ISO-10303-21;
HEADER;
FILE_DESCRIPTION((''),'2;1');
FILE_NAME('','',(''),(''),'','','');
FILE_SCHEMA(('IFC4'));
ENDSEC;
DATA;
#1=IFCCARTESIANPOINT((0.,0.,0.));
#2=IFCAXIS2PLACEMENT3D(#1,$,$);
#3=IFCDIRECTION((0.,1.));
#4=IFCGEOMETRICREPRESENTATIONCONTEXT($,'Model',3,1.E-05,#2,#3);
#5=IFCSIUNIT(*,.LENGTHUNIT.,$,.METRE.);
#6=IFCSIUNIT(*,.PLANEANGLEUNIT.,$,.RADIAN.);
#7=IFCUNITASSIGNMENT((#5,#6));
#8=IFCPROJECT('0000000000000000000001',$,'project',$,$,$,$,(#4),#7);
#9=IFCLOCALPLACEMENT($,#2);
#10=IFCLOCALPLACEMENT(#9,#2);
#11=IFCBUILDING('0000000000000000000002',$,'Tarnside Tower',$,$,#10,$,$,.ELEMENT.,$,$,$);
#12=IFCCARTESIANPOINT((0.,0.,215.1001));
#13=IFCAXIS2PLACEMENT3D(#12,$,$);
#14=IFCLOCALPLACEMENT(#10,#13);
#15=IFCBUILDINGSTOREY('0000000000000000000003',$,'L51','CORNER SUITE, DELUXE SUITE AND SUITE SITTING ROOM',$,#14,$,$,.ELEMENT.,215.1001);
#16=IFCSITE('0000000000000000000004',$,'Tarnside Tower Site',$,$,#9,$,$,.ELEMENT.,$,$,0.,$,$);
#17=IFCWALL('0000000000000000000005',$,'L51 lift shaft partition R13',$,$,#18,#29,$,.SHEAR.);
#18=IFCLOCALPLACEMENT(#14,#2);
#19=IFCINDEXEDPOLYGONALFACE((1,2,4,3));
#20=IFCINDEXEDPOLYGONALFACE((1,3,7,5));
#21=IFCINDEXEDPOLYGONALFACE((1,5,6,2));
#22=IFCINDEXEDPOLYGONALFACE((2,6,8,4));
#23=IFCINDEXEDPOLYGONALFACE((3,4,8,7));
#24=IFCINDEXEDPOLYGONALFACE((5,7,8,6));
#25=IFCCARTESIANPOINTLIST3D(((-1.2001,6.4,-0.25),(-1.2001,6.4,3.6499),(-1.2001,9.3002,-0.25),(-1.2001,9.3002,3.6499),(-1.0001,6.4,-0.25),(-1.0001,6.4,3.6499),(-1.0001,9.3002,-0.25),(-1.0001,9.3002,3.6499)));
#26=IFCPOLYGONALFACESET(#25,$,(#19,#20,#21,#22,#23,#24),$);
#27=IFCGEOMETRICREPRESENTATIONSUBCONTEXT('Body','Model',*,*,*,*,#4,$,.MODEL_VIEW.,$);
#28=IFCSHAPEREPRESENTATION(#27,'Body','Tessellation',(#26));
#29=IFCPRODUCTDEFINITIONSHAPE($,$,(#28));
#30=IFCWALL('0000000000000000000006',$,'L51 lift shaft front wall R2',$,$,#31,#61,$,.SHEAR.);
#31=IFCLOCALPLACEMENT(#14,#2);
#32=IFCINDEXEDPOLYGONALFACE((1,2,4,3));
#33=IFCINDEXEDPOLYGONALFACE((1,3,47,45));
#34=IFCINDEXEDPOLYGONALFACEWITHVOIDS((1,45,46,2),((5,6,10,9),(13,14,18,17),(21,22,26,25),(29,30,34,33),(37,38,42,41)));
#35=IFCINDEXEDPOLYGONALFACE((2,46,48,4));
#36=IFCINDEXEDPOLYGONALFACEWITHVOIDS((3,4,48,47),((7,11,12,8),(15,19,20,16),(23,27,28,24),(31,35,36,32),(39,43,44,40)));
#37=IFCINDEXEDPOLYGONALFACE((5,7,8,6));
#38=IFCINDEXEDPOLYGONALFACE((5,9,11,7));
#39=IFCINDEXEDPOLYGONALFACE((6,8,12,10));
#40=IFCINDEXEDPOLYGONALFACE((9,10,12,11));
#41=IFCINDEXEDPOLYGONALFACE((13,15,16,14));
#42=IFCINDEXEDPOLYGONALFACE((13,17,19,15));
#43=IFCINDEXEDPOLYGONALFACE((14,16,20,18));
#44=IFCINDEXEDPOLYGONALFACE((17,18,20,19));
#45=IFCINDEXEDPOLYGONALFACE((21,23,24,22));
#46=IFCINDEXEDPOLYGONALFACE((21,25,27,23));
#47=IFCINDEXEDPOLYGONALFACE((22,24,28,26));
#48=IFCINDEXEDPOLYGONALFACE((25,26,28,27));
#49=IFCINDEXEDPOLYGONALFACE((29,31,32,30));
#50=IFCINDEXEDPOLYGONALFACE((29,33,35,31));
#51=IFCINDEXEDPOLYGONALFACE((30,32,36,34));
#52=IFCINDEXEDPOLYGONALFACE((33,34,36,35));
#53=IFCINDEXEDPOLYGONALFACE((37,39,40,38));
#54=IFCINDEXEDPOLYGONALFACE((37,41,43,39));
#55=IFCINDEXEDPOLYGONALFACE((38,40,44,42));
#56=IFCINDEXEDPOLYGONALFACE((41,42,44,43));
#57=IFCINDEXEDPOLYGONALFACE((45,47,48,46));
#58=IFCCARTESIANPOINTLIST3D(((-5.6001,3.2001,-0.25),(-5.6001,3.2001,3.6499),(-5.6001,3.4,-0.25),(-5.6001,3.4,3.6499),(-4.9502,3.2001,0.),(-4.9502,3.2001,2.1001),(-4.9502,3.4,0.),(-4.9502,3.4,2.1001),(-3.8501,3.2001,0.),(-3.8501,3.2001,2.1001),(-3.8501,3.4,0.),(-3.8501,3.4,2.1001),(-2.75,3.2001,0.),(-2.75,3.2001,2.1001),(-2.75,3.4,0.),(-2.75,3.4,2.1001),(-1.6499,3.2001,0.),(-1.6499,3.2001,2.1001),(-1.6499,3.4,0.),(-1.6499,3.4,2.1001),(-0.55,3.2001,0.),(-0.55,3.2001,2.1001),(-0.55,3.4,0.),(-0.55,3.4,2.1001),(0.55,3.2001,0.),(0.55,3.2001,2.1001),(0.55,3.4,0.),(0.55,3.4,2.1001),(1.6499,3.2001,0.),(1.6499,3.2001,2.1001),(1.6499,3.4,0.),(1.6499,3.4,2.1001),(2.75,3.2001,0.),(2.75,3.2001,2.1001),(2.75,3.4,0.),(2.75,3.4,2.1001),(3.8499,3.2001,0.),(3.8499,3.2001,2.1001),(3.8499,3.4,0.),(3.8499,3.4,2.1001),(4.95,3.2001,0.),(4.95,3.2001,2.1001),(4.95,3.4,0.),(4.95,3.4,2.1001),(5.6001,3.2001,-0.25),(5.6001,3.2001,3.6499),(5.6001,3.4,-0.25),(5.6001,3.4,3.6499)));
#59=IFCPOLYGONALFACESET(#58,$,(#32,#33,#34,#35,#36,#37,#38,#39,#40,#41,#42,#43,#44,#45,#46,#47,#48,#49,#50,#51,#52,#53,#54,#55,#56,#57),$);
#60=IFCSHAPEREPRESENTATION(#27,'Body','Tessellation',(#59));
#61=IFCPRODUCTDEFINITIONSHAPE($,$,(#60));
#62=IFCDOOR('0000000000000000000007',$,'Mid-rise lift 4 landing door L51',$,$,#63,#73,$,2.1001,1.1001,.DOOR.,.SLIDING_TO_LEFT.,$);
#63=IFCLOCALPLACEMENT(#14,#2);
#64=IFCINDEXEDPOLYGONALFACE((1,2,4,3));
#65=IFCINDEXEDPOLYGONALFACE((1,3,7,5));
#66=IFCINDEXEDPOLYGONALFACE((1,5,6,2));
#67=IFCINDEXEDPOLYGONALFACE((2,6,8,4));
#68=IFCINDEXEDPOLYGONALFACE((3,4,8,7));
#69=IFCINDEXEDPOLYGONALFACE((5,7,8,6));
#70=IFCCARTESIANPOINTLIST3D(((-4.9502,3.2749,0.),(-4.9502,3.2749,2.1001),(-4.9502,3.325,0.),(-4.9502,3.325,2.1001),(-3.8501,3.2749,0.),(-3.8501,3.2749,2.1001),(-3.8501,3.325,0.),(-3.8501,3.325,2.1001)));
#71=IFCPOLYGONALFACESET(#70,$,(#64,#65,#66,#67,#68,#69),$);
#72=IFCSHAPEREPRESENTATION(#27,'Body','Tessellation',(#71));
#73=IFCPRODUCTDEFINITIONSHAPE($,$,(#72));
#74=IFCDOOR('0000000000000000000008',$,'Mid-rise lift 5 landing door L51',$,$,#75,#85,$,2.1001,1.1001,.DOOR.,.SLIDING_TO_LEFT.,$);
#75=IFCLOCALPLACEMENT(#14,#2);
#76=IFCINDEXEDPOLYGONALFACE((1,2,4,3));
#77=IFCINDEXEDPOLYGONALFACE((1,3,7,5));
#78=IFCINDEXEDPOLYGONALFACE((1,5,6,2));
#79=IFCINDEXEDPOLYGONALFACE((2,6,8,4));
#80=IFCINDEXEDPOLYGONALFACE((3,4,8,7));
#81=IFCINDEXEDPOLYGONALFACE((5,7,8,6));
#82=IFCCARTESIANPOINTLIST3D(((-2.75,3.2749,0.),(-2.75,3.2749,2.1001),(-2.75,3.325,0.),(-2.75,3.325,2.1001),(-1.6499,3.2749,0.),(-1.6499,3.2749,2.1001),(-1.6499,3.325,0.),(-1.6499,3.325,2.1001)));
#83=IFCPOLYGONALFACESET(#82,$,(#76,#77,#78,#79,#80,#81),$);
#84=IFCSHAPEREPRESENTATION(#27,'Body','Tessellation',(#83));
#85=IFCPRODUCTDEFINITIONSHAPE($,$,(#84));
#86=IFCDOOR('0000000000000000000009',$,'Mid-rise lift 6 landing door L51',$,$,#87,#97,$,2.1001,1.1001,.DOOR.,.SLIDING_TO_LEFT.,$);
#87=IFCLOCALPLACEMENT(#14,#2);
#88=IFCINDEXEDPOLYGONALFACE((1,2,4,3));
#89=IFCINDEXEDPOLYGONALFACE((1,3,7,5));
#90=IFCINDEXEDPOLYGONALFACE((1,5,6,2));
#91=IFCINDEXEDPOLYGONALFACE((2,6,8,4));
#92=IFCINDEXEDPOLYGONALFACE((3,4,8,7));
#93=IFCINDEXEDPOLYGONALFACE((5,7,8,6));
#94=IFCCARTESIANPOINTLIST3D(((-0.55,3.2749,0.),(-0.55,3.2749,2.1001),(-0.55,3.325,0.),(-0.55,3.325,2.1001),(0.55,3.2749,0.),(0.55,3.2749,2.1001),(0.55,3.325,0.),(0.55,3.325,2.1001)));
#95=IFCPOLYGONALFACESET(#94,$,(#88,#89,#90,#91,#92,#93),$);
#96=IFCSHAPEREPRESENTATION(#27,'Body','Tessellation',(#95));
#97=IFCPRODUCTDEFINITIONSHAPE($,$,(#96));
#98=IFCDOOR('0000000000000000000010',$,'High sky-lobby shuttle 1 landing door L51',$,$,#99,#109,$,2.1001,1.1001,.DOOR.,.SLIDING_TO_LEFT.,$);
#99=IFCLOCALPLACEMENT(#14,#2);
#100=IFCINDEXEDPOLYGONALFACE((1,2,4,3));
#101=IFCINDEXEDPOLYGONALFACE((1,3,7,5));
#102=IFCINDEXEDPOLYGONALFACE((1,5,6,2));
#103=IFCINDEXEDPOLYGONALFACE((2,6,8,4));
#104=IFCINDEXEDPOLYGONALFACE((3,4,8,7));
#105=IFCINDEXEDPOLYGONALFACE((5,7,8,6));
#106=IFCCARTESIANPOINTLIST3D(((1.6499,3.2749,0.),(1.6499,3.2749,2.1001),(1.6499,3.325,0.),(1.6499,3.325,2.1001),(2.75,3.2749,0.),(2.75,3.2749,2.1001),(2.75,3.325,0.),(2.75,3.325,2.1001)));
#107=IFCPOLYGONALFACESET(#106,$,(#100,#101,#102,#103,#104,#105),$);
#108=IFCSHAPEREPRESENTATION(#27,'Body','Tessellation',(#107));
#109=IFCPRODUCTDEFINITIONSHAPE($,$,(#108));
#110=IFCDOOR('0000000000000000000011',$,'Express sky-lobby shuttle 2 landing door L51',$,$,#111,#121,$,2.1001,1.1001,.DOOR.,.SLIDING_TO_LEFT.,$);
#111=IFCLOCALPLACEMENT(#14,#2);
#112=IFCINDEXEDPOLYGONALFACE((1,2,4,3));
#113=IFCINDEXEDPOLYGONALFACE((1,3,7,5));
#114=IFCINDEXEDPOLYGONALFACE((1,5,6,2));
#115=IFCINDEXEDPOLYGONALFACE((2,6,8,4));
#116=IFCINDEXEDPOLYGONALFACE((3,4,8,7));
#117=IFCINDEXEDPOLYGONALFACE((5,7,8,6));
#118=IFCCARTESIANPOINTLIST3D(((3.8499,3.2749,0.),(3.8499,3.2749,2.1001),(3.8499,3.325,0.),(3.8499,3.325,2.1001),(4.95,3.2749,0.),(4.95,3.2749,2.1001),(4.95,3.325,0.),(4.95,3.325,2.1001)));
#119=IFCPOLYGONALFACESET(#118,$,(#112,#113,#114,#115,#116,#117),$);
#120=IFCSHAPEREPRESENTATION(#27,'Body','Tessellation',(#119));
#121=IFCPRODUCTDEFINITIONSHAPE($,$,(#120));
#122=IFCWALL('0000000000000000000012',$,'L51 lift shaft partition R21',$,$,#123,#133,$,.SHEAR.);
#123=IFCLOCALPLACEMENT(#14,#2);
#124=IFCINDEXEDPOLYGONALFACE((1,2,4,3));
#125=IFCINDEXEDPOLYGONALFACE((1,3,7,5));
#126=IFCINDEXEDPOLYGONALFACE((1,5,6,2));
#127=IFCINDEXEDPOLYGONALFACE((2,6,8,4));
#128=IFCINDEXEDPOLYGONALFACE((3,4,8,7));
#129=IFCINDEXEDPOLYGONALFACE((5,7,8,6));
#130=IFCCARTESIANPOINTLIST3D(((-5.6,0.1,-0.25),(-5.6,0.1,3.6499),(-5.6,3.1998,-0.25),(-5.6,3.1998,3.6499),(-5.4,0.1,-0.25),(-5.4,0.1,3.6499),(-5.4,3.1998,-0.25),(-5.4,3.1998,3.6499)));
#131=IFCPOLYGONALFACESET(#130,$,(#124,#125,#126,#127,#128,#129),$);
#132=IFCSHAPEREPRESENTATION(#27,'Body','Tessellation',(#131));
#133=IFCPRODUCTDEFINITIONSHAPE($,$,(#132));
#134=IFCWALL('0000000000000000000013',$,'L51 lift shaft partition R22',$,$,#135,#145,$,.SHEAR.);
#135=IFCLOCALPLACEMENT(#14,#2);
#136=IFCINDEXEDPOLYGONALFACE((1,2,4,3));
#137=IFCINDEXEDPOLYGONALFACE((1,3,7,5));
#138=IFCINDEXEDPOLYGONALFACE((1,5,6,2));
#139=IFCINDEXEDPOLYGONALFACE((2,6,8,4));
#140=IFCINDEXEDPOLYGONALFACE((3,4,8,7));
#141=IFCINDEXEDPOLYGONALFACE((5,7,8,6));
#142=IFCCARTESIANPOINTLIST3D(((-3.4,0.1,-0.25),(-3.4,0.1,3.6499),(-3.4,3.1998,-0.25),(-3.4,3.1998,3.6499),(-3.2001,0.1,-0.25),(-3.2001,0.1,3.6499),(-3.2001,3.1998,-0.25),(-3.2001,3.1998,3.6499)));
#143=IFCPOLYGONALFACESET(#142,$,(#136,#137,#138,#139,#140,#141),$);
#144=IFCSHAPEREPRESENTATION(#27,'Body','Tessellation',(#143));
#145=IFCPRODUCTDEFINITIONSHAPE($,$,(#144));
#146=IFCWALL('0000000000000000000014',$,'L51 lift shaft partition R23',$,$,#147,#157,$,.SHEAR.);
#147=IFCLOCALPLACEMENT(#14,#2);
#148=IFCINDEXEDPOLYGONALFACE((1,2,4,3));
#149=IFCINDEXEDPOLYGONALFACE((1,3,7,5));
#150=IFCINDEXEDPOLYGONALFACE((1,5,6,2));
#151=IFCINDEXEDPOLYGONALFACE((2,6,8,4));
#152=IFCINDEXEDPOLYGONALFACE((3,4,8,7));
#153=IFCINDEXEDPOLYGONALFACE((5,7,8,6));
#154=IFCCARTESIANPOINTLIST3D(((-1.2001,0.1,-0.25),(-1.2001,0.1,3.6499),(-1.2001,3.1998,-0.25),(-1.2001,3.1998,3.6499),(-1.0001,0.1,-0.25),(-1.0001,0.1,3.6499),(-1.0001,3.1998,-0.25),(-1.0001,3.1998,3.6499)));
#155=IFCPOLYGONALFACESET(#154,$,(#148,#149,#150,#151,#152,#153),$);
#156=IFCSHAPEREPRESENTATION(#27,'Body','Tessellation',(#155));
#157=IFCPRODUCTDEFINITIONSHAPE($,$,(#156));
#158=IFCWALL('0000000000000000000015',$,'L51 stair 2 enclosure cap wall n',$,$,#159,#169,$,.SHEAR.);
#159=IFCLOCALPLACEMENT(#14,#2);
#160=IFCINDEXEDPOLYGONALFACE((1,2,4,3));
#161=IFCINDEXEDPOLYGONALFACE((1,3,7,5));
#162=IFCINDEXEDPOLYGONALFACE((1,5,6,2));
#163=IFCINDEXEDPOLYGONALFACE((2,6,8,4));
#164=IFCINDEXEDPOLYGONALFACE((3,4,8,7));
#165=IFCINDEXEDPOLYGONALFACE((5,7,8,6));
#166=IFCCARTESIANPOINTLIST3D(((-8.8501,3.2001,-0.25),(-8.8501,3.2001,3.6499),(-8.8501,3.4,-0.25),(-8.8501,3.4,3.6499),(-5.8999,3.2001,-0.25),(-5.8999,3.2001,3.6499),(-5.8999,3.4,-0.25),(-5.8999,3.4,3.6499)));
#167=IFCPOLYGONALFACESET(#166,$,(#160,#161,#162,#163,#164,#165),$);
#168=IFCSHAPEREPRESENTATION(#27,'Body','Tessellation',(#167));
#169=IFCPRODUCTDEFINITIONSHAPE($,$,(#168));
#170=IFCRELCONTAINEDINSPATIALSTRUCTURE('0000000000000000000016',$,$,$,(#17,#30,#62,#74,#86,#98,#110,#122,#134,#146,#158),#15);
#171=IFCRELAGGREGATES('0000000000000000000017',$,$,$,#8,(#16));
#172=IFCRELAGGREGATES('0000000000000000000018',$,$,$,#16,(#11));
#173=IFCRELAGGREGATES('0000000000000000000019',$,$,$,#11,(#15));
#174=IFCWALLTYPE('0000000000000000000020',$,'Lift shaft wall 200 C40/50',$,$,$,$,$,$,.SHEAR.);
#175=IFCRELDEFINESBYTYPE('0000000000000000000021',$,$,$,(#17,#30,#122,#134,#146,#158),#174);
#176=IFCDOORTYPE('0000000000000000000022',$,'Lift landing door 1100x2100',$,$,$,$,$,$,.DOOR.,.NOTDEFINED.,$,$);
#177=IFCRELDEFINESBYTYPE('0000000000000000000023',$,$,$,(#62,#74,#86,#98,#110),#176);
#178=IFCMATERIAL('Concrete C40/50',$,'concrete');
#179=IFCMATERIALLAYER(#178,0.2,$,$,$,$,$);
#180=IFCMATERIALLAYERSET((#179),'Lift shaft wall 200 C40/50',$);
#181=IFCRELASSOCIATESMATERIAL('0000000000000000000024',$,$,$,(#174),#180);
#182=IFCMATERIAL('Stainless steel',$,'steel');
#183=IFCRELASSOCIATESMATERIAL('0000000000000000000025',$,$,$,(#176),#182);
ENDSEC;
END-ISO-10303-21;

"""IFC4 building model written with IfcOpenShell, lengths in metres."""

from ifc_helpers import new_model, si_unit, direction, frame, frame_2d, origin, place, context, subcontext, project, spatial, rectangle, extrude, material, layer, layer_set, type_object, element, fill, save


model = new_model("IFC4")

# Units and contexts
model_context = context("Model", 3, precision=1e-05, world=origin(), true_north=direction((0.0, 1.0)))
body_context = subcontext(model_context, "Body", "Model", "MODEL_VIEW")
ifc_project = project(units=[si_unit("LENGTHUNIT", "METRE"), si_unit("PLANEANGLEUNIT", "RADIAN")], contexts=[model_context])

# Site, building, storey
site_placement = place(None, origin())
site = spatial("IfcSite", under=ifc_project, at=site_placement, Name="Tarnside Tower Site", CompositionType="ELEMENT", RefElevation=0.0)
building_placement = place(site_placement, origin())
building = spatial("IfcBuilding", under=site, at=building_placement, Name="Tarnside Tower", CompositionType="ELEMENT")
storey_placement = place(building_placement, frame((0.0, 0.0, 215.1001)))
storey = spatial("IfcBuildingStorey", under=building, at=storey_placement, Name="L51", Description="CORNER SUITE, DELUXE SUITE AND SUITE SITTING ROOM", CompositionType="ELEMENT", Elevation=215.1001)

# Shared definitions
ifc_material_1 = material(Name="Concrete C40/50", Category="concrete")

# Shared definitions
ifc_layer_1 = layer(ifc_material_1, 0.2)
ifc_layer_set_1 = layer_set([ifc_layer_1], Name="Lift shaft wall 200 C40/50")
wall_type_1 = type_object("IfcWallType", Name="Lift shaft wall 200 C40/50", PredefinedType="SHEAR", material=ifc_layer_set_1)
ifc_material_2 = material(Name="Stainless steel", Category="steel")
door_type_1 = type_object("IfcDoorType", Name="Lift landing door 1100x2100", OperationType="NOTDEFINED", PredefinedType="DOOR", material=ifc_material_2)

# Wall
for number, where, z_axis, x_axis, name in (
    (1, (-1.1001, 6.3999, -0.25), (0.0, 0.0, 1.0), (0.0, 1.0, 0.0), "L51 lift shaft partition R13"),
):
    element("IfcWall", number, at=place(storey_placement, frame(where, z_axis=z_axis, x_axis=x_axis)), inside=storey, type_object=wall_type_1, Name=name, PredefinedType="SHEAR", context=body_context, shape_type="SweptSolid", body=[
        extrude(rectangle(XDim=2.9001, YDim=0.2, at=frame_2d((1.4502, 0.0))), origin(), (0.0, 0.0, 1.0), 3.8999),
    ])

# Wall, openings, doors
wall_1_placement = place(storey_placement, frame((-5.6001, 3.3, -0.25), z_axis=(0.0, 0.0, 1.0), x_axis=(1.0, 0.0, 0.0)))
wall_1 = element("IfcWall", 2, at=wall_1_placement, inside=storey, type_object=wall_type_1, Name="L51 lift shaft front wall R2", PredefinedType="SHEAR", context=body_context, shape_type="SweptSolid", body=[
    extrude(rectangle(XDim=11.2002, YDim=0.2, at=frame_2d((5.6001, 0.0))), origin(), (0.0, 0.0, 1.0), 3.8999),
])
opening_1_placement = place(wall_1_placement, frame((0.6499, 0.0, 0.25)))
opening_1 = element("IfcOpeningElement", 3, at=opening_1_placement, cuts=wall_1, PredefinedType="OPENING", context=body_context, shape_type="SweptSolid", body=[
    extrude(rectangle(XDim=1.1001, YDim=2.1001, at=frame_2d((0.55, 1.05))), frame((0.0, 0.1099, 0.0), z_axis=(0.0, -1.0, 0.0), x_axis=(1.0, 0.0, 0.0)), (0.0, 0.0, 1.0), 0.22),
])
opening_2_placement = place(wall_1_placement, frame((2.8501, 0.0, 0.25)))
opening_2 = element("IfcOpeningElement", 4, at=opening_2_placement, cuts=wall_1, PredefinedType="OPENING", context=body_context, shape_type="SweptSolid", body=[
    extrude(rectangle(XDim=1.1001, YDim=2.1001, at=frame_2d((0.55, 1.05))), frame((0.0, 0.1099, 0.0), z_axis=(0.0, -1.0, 0.0), x_axis=(1.0, 0.0, 0.0)), (0.0, 0.0, 1.0), 0.22),
])
opening_3_placement = place(wall_1_placement, frame((5.05, 0.0, 0.25)))
opening_3 = element("IfcOpeningElement", 5, at=opening_3_placement, cuts=wall_1, PredefinedType="OPENING", context=body_context, shape_type="SweptSolid", body=[
    extrude(rectangle(XDim=1.1001, YDim=2.1001, at=frame_2d((0.55, 1.05))), frame((0.0, 0.1099, 0.0), z_axis=(0.0, -1.0, 0.0), x_axis=(1.0, 0.0, 0.0)), (0.0, 0.0, 1.0), 0.22),
])
opening_4_placement = place(wall_1_placement, frame((7.25, 0.0, 0.25)))
opening_4 = element("IfcOpeningElement", 6, at=opening_4_placement, cuts=wall_1, PredefinedType="OPENING", context=body_context, shape_type="SweptSolid", body=[
    extrude(rectangle(XDim=1.1001, YDim=2.1001, at=frame_2d((0.55, 1.05))), frame((0.0, 0.1099, 0.0), z_axis=(0.0, -1.0, 0.0), x_axis=(1.0, 0.0, 0.0)), (0.0, 0.0, 1.0), 0.22),
])
opening_5_placement = place(wall_1_placement, frame((9.45, 0.0, 0.25)))
opening_5 = element("IfcOpeningElement", 7, at=opening_5_placement, cuts=wall_1, PredefinedType="OPENING", context=body_context, shape_type="SweptSolid", body=[
    extrude(rectangle(XDim=1.1001, YDim=2.1001, at=frame_2d((0.55, 1.05))), frame((0.0, 0.1099, 0.0), z_axis=(0.0, -1.0, 0.0), x_axis=(1.0, 0.0, 0.0)), (0.0, 0.0, 1.0), 0.22),
])
door_1_placement = place(opening_1_placement, origin())
door_1 = element("IfcDoor", 8, at=door_1_placement, inside=storey, type_object=door_type_1, Name="Mid-rise lift 4 landing door L51", OperationType="SLIDING_TO_LEFT", OverallHeight=2.1001, OverallWidth=1.1001, PredefinedType="DOOR", context=body_context, shape_type="SweptSolid", body=[
    extrude(rectangle(XDim=1.1001, YDim=2.1001, at=frame_2d((0.55, 1.05))), frame((0.0, 0.0249, 0.0), z_axis=(0.0, -1.0, 0.0), x_axis=(1.0, 0.0, 0.0)), (0.0, 0.0, 1.0), 0.05),
])
fill(opening_1, door_1)
door_2_placement = place(opening_2_placement, origin())
door_2 = element("IfcDoor", 9, at=door_2_placement, inside=storey, type_object=door_type_1, Name="Mid-rise lift 5 landing door L51", OperationType="SLIDING_TO_LEFT", OverallHeight=2.1001, OverallWidth=1.1001, PredefinedType="DOOR", context=body_context, shape_type="SweptSolid", body=[
    extrude(rectangle(XDim=1.1001, YDim=2.1001, at=frame_2d((0.55, 1.05))), frame((0.0, 0.0249, 0.0), z_axis=(0.0, -1.0, 0.0), x_axis=(1.0, 0.0, 0.0)), (0.0, 0.0, 1.0), 0.05),
])
fill(opening_2, door_2)
door_3_placement = place(opening_3_placement, origin())
door_3 = element("IfcDoor", 10, at=door_3_placement, inside=storey, type_object=door_type_1, Name="Mid-rise lift 6 landing door L51", OperationType="SLIDING_TO_LEFT", OverallHeight=2.1001, OverallWidth=1.1001, PredefinedType="DOOR", context=body_context, shape_type="SweptSolid", body=[
    extrude(rectangle(XDim=1.1001, YDim=2.1001, at=frame_2d((0.55, 1.05))), frame((0.0, 0.0249, 0.0), z_axis=(0.0, -1.0, 0.0), x_axis=(1.0, 0.0, 0.0)), (0.0, 0.0, 1.0), 0.05),
])
fill(opening_3, door_3)
door_4_placement = place(opening_4_placement, origin())
door_4 = element("IfcDoor", 11, at=door_4_placement, inside=storey, type_object=door_type_1, Name="High sky-lobby shuttle 1 landing door L51", OperationType="SLIDING_TO_LEFT", OverallHeight=2.1001, OverallWidth=1.1001, PredefinedType="DOOR", context=body_context, shape_type="SweptSolid", body=[
    extrude(rectangle(XDim=1.1001, YDim=2.1001, at=frame_2d((0.55, 1.05))), frame((0.0, 0.0249, 0.0), z_axis=(0.0, -1.0, 0.0), x_axis=(1.0, 0.0, 0.0)), (0.0, 0.0, 1.0), 0.05),
])
fill(opening_4, door_4)
door_5_placement = place(opening_5_placement, origin())
door_5 = element("IfcDoor", 12, at=door_5_placement, inside=storey, type_object=door_type_1, Name="Express sky-lobby shuttle 2 landing door L51", OperationType="SLIDING_TO_LEFT", OverallHeight=2.1001, OverallWidth=1.1001, PredefinedType="DOOR", context=body_context, shape_type="SweptSolid", body=[
    extrude(rectangle(XDim=1.1001, YDim=2.1001, at=frame_2d((0.55, 1.05))), frame((0.0, 0.0249, 0.0), z_axis=(0.0, -1.0, 0.0), x_axis=(1.0, 0.0, 0.0)), (0.0, 0.0, 1.0), 0.05),
])
fill(opening_5, door_5)

# Walls
for number, where, z_axis, x_axis, name in (
    (13, (-5.5, 0.1001, -0.25), (0.0, 0.0, 1.0), (0.0, 1.0, 0.0), "L51 lift shaft partition R21"),
    (14, (-3.3, 0.1001, -0.25), (0.0, 0.0, 1.0), (0.0, 1.0, 0.0), "L51 lift shaft partition R22"),
    (15, (-1.1001, 0.1001, -0.25), (0.0, 0.0, 1.0), (0.0, 1.0, 0.0), "L51 lift shaft partition R23"),
):
    element("IfcWall", number, at=place(storey_placement, frame(where, z_axis=z_axis, x_axis=x_axis)), inside=storey, type_object=wall_type_1, Name=name, PredefinedType="SHEAR", context=body_context, shape_type="SweptSolid", body=[
        extrude(rectangle(XDim=3.0999, YDim=0.2, at=frame_2d((1.5498, 0.0))), origin(), (0.0, 0.0, 1.0), 3.8999),
    ])
wall_2_placement = place(storey_placement, frame((-8.8501, 3.3, -0.25), z_axis=(0.0, 0.0, 1.0), x_axis=(1.0, 0.0, 0.0)))
element("IfcWall", 16, at=wall_2_placement, inside=storey, type_object=wall_type_1, Name="L51 stair 2 enclosure cap wall n", PredefinedType="SHEAR", context=body_context, shape_type="SweptSolid", body=[
    extrude(rectangle(XDim=2.9502, YDim=0.2, at=frame_2d((1.4751, 0.0))), origin(), (0.0, 0.0, 1.0), 3.8999),
])

save(model, "model.ifc")
